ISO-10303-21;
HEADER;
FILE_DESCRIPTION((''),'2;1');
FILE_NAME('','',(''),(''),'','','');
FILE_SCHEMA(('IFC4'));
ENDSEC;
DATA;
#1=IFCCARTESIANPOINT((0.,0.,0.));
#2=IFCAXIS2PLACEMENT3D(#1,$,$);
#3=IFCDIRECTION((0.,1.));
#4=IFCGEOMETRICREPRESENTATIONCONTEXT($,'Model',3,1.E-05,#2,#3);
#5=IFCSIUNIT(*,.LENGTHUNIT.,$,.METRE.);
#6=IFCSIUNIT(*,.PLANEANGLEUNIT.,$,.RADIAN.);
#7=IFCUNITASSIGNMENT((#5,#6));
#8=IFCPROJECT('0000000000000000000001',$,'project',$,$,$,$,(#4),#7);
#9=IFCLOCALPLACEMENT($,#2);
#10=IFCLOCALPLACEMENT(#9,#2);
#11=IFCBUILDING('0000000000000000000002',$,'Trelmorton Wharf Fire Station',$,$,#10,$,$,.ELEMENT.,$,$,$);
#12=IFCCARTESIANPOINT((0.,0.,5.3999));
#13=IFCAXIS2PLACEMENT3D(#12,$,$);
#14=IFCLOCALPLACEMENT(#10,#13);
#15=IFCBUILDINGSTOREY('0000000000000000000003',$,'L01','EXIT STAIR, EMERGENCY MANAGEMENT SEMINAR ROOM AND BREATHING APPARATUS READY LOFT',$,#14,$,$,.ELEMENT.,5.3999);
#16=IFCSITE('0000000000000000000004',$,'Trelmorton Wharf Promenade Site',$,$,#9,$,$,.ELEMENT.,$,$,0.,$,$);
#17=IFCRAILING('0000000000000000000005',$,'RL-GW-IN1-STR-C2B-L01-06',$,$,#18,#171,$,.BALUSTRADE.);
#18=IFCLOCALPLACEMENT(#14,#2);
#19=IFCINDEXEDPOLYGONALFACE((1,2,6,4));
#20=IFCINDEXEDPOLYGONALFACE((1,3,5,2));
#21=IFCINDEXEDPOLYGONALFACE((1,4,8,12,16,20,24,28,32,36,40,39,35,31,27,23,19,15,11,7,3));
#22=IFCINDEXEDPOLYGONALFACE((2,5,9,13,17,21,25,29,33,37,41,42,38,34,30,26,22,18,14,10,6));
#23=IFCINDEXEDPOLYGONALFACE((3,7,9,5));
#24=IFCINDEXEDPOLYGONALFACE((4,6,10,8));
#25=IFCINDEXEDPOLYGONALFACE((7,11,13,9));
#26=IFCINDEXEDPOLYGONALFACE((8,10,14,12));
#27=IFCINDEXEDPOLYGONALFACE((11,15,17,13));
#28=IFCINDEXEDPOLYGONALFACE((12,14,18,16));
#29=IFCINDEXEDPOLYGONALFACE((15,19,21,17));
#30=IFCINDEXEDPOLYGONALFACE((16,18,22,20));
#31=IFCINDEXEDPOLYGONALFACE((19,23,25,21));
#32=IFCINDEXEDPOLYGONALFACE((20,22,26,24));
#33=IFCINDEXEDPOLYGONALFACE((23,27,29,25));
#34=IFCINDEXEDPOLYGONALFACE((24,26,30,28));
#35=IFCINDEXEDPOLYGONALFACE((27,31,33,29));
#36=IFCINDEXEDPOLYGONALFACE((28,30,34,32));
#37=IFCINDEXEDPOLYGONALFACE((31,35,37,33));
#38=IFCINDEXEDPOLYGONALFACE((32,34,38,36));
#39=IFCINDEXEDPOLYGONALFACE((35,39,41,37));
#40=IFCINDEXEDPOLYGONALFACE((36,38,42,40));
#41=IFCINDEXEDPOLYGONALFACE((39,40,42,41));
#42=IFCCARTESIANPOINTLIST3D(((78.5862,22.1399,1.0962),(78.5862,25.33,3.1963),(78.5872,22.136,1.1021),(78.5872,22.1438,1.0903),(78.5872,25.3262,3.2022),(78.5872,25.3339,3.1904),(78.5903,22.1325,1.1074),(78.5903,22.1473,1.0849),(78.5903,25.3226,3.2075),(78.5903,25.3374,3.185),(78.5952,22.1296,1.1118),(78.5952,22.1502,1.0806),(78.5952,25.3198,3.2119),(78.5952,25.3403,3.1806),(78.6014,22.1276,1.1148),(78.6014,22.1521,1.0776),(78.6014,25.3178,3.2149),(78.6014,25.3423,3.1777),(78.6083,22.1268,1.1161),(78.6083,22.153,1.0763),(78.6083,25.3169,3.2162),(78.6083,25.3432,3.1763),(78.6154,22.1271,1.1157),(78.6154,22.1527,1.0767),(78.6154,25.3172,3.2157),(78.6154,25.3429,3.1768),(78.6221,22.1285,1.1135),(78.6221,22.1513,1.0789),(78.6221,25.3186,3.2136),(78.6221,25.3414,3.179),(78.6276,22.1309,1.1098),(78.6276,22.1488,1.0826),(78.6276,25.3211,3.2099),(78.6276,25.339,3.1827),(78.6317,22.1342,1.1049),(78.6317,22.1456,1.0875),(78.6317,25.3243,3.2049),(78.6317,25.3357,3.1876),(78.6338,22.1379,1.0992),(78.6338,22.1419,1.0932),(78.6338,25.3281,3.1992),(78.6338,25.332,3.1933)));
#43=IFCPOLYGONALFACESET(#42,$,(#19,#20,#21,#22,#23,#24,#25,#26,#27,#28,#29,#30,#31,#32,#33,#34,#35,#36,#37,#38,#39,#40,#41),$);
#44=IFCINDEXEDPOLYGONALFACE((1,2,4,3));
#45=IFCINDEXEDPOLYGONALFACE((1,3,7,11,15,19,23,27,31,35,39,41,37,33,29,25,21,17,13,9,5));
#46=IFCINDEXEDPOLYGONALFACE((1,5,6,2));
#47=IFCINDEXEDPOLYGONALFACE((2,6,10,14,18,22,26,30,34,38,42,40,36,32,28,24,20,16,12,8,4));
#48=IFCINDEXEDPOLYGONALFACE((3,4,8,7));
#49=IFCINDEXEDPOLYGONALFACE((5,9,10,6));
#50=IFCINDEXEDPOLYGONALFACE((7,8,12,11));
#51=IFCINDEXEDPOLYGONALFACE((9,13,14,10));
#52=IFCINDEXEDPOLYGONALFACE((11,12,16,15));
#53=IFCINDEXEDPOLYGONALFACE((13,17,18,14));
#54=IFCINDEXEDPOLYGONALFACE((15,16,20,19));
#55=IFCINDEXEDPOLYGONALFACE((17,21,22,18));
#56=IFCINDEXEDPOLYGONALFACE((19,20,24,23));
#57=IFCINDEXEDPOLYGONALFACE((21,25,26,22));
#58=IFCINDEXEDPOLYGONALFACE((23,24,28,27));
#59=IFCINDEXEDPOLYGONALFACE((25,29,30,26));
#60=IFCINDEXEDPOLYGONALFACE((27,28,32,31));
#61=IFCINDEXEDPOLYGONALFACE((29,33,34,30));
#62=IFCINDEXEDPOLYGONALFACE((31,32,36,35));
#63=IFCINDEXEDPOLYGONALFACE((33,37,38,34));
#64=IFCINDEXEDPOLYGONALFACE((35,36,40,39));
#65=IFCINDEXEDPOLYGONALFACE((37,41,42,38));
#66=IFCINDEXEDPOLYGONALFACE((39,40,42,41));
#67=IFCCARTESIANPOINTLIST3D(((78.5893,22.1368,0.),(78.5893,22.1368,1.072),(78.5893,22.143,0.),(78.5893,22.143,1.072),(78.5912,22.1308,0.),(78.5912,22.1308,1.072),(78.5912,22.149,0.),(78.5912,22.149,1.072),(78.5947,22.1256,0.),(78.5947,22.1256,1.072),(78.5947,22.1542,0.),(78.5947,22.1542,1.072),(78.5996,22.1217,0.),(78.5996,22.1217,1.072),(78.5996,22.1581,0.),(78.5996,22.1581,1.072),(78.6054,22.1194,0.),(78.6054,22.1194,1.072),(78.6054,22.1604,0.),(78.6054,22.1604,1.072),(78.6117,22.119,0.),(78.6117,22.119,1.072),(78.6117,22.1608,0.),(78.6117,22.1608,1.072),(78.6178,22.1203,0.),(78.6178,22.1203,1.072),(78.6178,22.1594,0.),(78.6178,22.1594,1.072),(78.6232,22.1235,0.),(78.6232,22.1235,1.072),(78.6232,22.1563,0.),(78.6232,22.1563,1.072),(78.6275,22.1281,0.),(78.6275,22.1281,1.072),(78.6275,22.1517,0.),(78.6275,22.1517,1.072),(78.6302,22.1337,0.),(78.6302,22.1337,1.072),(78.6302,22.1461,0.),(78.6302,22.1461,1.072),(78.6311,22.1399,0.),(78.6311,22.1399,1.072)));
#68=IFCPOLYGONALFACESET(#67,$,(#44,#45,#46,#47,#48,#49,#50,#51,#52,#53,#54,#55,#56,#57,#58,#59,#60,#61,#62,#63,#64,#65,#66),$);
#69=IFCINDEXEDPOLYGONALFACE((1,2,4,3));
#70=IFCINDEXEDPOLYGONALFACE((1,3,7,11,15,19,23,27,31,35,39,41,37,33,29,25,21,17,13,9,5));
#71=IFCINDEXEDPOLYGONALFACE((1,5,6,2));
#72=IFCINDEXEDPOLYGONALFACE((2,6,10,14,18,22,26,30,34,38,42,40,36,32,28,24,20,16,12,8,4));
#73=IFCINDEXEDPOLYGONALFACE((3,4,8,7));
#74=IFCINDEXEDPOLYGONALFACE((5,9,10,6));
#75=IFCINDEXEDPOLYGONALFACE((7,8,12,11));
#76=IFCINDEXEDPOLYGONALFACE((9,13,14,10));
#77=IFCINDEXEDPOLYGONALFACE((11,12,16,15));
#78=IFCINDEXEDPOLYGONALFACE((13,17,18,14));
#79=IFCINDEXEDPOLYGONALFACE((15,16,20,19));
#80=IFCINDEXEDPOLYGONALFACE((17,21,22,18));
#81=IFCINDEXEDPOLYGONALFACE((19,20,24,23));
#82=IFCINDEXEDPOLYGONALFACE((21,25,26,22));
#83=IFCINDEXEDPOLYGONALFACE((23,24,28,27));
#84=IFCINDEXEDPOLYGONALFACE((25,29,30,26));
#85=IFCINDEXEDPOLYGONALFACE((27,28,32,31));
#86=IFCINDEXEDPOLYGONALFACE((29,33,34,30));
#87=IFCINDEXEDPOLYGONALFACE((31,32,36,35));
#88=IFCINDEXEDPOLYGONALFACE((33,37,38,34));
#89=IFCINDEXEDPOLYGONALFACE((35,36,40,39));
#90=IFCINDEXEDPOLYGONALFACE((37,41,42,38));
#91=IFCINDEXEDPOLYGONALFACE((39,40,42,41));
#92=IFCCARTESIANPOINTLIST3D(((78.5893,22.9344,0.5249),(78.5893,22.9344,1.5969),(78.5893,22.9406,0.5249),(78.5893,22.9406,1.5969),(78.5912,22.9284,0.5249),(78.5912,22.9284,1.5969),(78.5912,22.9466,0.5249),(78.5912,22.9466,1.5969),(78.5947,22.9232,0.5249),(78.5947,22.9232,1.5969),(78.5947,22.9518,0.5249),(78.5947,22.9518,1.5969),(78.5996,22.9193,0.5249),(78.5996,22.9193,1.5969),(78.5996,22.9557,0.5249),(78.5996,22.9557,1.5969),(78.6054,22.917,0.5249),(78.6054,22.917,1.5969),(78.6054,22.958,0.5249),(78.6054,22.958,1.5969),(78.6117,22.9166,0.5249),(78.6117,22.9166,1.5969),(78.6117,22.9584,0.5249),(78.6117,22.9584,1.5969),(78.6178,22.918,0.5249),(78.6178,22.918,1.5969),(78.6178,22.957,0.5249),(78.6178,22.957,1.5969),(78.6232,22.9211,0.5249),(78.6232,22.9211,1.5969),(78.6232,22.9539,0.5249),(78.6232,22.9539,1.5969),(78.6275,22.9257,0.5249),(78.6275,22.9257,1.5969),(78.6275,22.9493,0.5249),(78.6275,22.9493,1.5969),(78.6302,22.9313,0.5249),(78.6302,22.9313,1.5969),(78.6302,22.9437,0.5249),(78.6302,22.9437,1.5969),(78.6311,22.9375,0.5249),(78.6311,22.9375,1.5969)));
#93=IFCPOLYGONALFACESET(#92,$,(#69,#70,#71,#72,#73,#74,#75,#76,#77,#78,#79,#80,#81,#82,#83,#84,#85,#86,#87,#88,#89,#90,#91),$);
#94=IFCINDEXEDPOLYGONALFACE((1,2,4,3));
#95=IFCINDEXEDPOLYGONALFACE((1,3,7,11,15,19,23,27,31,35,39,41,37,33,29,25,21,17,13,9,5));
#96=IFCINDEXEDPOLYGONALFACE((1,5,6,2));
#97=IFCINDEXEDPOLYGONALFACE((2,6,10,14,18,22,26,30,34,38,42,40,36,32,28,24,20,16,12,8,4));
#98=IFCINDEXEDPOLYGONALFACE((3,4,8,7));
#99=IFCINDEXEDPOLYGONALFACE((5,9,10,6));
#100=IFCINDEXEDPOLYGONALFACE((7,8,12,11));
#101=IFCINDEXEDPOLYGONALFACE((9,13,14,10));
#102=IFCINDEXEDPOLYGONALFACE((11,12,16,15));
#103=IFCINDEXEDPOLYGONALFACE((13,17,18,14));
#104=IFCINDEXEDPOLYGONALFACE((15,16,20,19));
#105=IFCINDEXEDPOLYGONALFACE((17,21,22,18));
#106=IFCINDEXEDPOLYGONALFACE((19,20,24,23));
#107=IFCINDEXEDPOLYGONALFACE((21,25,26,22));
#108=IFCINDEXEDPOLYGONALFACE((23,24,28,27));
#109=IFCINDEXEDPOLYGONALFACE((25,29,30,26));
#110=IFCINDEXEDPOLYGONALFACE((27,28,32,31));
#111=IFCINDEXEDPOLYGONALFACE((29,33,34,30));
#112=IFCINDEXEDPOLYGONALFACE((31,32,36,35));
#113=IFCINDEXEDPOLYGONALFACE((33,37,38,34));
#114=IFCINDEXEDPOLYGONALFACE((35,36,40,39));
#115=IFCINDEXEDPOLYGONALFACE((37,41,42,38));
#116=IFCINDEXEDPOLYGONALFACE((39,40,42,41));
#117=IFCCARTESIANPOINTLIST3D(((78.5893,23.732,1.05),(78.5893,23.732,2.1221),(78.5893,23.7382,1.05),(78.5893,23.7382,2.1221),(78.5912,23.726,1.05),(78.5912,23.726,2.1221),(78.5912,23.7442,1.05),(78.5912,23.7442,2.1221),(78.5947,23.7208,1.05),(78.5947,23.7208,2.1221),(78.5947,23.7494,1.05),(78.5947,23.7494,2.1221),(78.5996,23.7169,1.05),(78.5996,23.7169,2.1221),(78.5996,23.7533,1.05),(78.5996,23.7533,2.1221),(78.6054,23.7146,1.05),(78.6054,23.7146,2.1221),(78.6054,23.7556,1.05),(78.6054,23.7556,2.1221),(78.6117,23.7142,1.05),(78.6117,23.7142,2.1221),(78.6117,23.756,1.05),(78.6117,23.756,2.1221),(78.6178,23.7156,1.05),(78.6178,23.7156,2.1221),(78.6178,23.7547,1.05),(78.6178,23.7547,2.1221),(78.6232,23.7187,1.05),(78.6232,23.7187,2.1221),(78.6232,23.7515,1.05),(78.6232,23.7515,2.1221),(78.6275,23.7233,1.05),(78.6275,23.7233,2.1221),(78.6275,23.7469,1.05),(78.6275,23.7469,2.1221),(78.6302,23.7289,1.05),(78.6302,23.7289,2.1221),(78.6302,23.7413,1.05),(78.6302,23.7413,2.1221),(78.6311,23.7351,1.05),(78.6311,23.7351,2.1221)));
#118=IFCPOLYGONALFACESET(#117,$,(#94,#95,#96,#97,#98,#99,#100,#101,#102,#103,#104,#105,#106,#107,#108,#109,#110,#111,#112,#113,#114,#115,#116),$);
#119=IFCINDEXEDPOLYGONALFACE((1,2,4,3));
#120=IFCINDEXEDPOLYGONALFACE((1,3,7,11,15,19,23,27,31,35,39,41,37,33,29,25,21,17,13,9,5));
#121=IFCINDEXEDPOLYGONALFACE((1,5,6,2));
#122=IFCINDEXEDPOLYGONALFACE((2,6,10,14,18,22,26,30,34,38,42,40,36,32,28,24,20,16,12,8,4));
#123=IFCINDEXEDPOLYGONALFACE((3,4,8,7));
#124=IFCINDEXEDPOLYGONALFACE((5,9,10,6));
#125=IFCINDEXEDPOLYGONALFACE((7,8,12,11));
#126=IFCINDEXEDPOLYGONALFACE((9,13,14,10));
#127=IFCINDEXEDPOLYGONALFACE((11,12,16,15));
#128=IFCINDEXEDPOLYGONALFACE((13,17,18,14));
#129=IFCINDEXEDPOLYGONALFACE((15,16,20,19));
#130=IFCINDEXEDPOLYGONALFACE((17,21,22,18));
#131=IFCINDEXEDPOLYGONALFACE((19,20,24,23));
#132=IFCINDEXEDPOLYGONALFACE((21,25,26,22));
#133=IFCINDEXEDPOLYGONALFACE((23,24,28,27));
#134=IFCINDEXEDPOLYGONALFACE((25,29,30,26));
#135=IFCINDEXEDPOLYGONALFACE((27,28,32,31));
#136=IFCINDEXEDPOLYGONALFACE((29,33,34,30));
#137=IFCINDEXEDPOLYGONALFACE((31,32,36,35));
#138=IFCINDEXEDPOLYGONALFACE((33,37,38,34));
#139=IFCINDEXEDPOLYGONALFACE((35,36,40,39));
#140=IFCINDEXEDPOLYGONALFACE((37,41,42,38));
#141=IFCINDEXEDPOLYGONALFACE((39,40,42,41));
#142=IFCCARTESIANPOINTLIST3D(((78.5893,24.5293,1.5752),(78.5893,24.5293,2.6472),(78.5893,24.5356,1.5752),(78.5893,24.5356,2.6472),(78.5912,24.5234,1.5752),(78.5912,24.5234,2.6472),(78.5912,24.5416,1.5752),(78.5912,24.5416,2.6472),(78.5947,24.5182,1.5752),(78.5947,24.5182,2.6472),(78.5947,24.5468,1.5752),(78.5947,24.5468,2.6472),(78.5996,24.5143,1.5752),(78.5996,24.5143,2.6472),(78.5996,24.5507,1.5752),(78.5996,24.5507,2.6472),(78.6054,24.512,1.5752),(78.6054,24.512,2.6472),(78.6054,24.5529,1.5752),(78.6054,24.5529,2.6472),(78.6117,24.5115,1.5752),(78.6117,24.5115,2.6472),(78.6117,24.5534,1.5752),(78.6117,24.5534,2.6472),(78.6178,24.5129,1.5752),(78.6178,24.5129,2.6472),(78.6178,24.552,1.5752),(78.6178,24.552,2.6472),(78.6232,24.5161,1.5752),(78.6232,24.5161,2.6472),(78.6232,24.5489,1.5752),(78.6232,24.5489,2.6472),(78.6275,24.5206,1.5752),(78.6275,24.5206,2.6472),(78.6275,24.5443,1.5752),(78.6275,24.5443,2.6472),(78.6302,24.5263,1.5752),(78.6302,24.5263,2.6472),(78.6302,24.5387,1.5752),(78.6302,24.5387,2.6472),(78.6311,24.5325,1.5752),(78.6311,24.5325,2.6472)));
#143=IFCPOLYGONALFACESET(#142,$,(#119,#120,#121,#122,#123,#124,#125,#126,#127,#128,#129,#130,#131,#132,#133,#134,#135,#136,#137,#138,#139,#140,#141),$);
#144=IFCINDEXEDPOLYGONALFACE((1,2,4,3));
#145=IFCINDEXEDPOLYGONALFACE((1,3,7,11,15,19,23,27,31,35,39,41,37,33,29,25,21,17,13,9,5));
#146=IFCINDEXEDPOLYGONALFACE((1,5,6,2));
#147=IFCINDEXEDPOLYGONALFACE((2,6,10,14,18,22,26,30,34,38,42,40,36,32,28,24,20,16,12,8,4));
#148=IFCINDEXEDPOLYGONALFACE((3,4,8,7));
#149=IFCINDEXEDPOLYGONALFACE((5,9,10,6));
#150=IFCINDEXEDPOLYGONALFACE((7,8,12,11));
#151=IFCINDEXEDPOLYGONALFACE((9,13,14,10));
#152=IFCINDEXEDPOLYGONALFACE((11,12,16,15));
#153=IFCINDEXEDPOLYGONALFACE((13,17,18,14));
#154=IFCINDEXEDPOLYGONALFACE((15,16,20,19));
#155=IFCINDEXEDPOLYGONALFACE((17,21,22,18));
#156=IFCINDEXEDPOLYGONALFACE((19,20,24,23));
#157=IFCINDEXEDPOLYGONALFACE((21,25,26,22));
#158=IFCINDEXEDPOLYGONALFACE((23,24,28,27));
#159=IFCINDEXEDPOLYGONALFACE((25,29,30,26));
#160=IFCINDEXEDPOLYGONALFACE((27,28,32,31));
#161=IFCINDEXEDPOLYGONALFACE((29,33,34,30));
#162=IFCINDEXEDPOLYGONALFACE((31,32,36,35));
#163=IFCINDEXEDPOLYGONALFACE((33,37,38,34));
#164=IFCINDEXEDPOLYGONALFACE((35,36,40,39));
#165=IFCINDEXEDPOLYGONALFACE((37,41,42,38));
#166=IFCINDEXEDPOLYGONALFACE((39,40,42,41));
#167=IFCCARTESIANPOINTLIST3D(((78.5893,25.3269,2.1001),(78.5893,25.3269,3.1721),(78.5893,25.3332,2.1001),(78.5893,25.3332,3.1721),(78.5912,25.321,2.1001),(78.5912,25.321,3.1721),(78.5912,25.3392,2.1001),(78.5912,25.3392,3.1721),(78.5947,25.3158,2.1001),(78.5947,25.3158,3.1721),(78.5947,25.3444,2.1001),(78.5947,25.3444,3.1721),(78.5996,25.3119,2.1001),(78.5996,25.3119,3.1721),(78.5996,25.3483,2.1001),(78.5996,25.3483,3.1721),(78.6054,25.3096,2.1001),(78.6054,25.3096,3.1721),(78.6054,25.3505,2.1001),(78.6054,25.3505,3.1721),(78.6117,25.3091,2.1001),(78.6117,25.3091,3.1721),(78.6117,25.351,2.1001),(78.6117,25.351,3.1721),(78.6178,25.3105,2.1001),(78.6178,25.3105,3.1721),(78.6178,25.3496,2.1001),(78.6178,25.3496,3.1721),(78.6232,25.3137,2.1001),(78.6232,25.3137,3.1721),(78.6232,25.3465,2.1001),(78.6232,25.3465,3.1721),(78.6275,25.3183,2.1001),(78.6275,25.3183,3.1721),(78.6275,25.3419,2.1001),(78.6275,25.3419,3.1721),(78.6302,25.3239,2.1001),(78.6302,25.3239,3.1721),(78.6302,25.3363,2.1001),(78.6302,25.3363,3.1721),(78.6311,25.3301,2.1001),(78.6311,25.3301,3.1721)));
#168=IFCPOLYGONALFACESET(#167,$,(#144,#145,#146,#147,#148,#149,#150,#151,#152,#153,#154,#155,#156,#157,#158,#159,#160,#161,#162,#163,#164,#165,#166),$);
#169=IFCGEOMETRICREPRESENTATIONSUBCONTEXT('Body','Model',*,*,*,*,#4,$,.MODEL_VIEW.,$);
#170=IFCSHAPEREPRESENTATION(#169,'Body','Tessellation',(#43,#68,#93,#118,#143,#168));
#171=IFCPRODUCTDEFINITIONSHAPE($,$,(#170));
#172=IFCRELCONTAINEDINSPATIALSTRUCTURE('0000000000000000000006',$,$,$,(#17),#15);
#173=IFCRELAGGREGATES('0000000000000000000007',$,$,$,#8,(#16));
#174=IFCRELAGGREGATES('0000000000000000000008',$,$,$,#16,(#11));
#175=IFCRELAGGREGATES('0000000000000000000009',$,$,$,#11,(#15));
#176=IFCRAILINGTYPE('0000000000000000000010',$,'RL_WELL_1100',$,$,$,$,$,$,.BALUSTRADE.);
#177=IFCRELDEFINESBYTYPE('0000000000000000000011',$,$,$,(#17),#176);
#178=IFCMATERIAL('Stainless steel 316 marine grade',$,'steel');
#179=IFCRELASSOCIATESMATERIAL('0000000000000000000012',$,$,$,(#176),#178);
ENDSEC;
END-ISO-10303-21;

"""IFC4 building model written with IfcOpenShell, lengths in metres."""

from ifc_helpers import new_model, si_unit, direction, frame, origin, origin_2d, place, context, subcontext, project, spatial, circle, extrude, material, type_object, element, save


model = new_model("IFC4")

# Units and contexts
model_context = context("Model", 3, precision=1e-05, world=origin(), true_north=direction((0.0, 1.0)))
body_context = subcontext(model_context, "Body", "Model", "MODEL_VIEW")
ifc_project = project(units=[si_unit("LENGTHUNIT", "METRE"), si_unit("PLANEANGLEUNIT", "RADIAN")], contexts=[model_context])

# Site, building, storey
site_placement = place(None, origin())
site = spatial("IfcSite", under=ifc_project, at=site_placement, Name="Trelmorton Wharf Promenade Site", CompositionType="ELEMENT", RefElevation=0.0)
building_placement = place(site_placement, origin())
building = spatial("IfcBuilding", under=site, at=building_placement, Name="Trelmorton Wharf Fire Station", CompositionType="ELEMENT")
storey_placement = place(building_placement, frame((0.0, 0.0, 5.3999)))
storey = spatial("IfcBuildingStorey", under=building, at=storey_placement, Name="L01", Description="EXIT STAIR, EMERGENCY MANAGEMENT SEMINAR ROOM AND BREATHING APPARATUS READY LOFT", CompositionType="ELEMENT", Elevation=5.3999)

# Railing
ifc_material_1 = material(Name="Stainless steel 316 marine grade", Category="steel")
railing_type_1 = type_object("IfcRailingType", Name="RL_WELL_1100", PredefinedType="BALUSTRADE", material=ifc_material_1)
railing_1_placement = place(storey_placement, frame((78.6101, 22.1399, 0.0)))
element("IfcRailing", 1, at=railing_1_placement, inside=storey, type_object=railing_type_1, Name="RL-GW-IN1-STR-C2B-L01-06", PredefinedType="BALUSTRADE", context=body_context, shape_type="SweptSolid", body=[
    extrude(circle(Radius=0.0239, at=origin_2d()), frame((0.0, 0.0, 1.0962), z_axis=(0.0, 0.835262, 0.549852), x_axis=(-1.0, 0.0, 0.0)), (0.0, 0.0, 1.0), 3.8193),
    extrude(circle(Radius=0.021, at=origin_2d()), origin(), (0.0, 0.0, 1.0), 1.072),
    extrude(circle(Radius=0.021, at=origin_2d()), frame((0.0, 0.7976, 0.5249)), (0.0, 0.0, 1.0), 1.072),
    extrude(circle(Radius=0.021, at=origin_2d()), frame((0.0, 1.5952, 1.05)), (0.0, 0.0, 1.0), 1.072),
    extrude(circle(Radius=0.021, at=origin_2d()), frame((0.0, 2.3926, 1.5752)), (0.0, 0.0, 1.0), 1.072),
    extrude(circle(Radius=0.021, at=origin_2d()), frame((0.0, 3.1902, 2.1001)), (0.0, 0.0, 1.0), 1.072),
])

save(model, "model.ifc")
